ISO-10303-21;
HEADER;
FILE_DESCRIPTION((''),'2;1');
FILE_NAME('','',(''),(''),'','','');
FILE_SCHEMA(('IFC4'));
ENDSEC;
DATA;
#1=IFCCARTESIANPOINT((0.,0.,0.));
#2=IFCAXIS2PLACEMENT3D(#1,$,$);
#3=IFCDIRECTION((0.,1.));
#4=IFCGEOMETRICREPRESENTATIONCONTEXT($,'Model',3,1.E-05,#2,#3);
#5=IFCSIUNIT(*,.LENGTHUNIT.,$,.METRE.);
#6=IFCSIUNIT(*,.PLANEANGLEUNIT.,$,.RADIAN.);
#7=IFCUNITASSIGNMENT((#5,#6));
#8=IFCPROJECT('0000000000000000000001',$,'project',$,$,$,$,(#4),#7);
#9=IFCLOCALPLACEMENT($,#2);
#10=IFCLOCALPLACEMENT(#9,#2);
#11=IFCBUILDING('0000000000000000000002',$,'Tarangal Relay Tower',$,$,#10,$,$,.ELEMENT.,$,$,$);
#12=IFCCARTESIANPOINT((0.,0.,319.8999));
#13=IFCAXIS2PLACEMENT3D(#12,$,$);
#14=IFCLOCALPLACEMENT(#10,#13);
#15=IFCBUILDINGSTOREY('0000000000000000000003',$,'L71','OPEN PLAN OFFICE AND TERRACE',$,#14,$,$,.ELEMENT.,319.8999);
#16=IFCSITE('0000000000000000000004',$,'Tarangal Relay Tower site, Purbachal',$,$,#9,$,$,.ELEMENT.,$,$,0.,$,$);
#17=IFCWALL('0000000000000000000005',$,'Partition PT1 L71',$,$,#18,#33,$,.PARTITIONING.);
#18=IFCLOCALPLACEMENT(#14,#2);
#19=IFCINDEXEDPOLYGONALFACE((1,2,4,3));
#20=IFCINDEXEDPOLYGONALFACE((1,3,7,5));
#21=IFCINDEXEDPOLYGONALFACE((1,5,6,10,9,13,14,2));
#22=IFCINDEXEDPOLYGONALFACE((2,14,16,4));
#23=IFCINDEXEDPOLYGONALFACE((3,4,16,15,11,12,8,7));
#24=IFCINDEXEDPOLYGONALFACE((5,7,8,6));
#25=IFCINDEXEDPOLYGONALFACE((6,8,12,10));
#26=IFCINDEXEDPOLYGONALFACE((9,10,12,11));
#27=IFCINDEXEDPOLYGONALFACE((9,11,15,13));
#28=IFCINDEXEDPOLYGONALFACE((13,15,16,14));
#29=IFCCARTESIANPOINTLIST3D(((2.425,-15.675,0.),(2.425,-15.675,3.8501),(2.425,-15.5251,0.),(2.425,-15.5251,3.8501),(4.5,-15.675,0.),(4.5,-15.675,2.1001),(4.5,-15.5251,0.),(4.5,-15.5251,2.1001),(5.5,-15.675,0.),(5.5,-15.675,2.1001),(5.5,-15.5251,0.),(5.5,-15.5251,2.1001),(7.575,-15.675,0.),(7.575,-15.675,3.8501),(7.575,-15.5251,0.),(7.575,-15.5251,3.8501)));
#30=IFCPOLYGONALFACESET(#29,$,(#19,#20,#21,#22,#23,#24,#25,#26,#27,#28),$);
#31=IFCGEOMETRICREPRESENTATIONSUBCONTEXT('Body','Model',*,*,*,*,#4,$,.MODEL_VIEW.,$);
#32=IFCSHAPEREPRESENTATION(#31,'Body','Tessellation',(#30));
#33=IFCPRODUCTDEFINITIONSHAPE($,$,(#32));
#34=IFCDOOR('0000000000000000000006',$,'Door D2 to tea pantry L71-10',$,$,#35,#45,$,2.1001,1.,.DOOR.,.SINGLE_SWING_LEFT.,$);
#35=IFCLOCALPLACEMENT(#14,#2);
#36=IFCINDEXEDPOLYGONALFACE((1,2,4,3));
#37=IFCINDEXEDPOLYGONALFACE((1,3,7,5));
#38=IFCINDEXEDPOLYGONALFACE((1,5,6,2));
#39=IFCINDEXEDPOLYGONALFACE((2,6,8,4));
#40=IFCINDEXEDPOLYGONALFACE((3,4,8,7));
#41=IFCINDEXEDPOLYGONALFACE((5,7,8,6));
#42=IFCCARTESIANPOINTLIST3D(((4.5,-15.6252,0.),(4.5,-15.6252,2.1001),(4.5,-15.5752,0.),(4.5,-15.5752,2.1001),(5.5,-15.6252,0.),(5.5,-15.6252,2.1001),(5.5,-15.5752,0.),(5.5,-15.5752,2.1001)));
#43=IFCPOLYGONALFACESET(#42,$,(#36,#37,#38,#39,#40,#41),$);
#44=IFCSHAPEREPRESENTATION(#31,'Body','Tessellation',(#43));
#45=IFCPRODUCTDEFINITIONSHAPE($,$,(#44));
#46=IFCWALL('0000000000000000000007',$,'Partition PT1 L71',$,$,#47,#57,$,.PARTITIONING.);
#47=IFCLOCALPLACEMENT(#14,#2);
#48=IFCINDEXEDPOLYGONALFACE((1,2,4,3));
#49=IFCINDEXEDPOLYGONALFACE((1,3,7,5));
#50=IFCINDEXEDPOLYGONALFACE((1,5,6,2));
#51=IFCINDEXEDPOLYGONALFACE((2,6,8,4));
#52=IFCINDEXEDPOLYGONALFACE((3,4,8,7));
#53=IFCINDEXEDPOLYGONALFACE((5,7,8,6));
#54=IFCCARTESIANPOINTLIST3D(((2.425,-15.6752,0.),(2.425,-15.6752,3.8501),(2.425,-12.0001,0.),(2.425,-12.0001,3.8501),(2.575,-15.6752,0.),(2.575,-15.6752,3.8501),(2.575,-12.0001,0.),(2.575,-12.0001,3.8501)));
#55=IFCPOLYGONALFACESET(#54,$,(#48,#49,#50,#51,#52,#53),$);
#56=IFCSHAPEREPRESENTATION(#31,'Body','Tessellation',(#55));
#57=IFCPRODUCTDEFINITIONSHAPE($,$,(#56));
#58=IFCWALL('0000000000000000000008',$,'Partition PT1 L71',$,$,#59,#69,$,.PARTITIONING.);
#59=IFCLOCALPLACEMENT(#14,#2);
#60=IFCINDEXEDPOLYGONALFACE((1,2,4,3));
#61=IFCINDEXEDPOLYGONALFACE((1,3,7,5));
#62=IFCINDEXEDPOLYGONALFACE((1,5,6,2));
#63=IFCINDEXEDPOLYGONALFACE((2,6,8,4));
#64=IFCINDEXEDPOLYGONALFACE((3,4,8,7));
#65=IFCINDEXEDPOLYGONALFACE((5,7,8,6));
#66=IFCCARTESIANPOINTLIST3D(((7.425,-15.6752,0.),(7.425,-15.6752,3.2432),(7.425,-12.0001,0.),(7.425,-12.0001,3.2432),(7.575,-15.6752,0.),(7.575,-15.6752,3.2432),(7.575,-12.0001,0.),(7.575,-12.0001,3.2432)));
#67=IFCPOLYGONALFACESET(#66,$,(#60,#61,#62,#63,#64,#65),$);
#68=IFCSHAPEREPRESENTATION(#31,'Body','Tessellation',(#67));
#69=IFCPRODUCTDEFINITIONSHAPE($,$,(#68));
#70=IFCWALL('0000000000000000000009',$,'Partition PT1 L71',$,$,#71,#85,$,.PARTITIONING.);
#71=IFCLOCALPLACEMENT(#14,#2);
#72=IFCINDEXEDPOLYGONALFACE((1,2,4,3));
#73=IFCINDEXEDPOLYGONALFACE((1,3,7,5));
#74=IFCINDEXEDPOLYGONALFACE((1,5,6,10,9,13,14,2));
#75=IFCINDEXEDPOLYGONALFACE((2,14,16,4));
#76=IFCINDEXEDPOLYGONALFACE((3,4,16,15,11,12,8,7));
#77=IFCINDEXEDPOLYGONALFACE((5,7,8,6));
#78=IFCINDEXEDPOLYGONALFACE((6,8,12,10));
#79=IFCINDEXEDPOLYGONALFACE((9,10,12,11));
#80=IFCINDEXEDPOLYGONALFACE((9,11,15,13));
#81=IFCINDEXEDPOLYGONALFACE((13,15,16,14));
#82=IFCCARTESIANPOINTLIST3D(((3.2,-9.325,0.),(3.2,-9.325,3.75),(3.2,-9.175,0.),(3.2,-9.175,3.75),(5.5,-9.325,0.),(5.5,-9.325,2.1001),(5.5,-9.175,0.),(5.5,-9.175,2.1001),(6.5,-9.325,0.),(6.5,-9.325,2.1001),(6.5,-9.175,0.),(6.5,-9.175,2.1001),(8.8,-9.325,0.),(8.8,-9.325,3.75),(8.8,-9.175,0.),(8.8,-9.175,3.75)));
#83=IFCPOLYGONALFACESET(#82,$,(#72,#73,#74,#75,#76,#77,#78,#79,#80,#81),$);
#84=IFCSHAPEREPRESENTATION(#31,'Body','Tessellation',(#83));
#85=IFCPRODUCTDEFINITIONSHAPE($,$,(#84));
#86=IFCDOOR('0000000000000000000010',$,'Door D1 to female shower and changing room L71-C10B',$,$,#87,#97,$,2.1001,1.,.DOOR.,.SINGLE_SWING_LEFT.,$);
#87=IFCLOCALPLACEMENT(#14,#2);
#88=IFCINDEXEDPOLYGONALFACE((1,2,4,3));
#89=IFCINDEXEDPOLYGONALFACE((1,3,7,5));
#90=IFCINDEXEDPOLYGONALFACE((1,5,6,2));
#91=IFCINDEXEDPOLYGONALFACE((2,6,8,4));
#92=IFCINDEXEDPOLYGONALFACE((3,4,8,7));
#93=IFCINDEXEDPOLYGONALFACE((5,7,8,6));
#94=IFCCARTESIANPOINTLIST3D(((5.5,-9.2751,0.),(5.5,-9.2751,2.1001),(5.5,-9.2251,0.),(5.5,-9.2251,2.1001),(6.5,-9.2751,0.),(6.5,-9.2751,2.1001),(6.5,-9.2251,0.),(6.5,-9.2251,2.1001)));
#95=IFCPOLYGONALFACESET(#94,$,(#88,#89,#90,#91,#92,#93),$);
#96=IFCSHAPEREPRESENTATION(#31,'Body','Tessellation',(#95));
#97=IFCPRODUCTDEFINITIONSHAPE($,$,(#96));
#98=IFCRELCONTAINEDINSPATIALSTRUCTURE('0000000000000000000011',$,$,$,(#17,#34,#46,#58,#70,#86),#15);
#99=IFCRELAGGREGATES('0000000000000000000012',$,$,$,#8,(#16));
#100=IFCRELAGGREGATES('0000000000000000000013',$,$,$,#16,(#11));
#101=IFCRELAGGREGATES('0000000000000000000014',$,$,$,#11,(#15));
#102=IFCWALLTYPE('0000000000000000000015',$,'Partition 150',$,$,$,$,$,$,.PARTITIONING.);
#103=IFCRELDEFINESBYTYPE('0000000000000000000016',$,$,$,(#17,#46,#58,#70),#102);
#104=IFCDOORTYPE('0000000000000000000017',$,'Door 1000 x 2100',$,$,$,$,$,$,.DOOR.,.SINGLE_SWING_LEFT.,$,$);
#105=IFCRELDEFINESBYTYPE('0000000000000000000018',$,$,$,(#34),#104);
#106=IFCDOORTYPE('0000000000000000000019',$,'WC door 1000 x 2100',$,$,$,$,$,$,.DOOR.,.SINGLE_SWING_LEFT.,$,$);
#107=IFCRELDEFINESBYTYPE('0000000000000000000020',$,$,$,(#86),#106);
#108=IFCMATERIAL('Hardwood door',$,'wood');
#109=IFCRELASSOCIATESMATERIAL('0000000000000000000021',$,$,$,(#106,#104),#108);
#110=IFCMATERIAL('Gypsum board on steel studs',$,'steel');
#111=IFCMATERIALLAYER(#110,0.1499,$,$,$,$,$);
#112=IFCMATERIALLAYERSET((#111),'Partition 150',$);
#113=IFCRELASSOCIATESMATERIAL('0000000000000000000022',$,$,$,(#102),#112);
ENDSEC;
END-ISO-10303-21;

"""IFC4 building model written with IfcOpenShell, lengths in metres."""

from ifc_helpers import new_model, si_unit, direction, frame, frame_2d, origin, place, context, subcontext, project, spatial, rectangle, extrude, material, layer, layer_set, type_object, element, fill, save


model = new_model("IFC4")

# Units and contexts
model_context = context("Model", 3, precision=1e-05, world=origin(), true_north=direction((0.0, 1.0)))
body_context = subcontext(model_context, "Body", "Model", "MODEL_VIEW")
ifc_project = project(units=[si_unit("LENGTHUNIT", "METRE"), si_unit("PLANEANGLEUNIT", "RADIAN")], contexts=[model_context])

# Site, building, storey
site_placement = place(None, origin())
site = spatial("IfcSite", under=ifc_project, at=site_placement, Name="Tarangal Relay Tower site, Purbachal", CompositionType="ELEMENT", RefElevation=0.0)
building_placement = place(site_placement, origin())
building = spatial("IfcBuilding", under=site, at=building_placement, Name="Tarangal Relay Tower", CompositionType="ELEMENT")
storey_placement = place(building_placement, frame((0.0, 0.0, 319.8999)))
storey = spatial("IfcBuildingStorey", under=building, at=storey_placement, Name="L71", Description="OPEN PLAN OFFICE AND TERRACE", CompositionType="ELEMENT", Elevation=319.8999)

# Shared definitions
ifc_material_1 = material(Name="Hardwood door", Category="wood")
door_type_1 = type_object("IfcDoorType", Name="WC door 1000 x 2100", OperationType="SINGLE_SWING_LEFT", PredefinedType="DOOR", material=ifc_material_1)

# Wall, opening, door
ifc_material_2 = material(Name="Gypsum board on steel studs", Category="steel")
ifc_layer_1 = layer(ifc_material_2, 0.1499)
ifc_layer_set_1 = layer_set([ifc_layer_1], Name="Partition 150")
wall_type_1 = type_object("IfcWallType", Name="Partition 150", PredefinedType="PARTITIONING", material=ifc_layer_set_1)
wall_1_placement = place(storey_placement, frame((2.425, -15.6001, 0.0), z_axis=(0.0, 0.0, 1.0), x_axis=(1.0, 0.0, 0.0)))
wall_1 = element("IfcWall", 1, at=wall_1_placement, inside=storey, type_object=wall_type_1, Name="Partition PT1 L71", PredefinedType="PARTITIONING", context=body_context, shape_type="SweptSolid", body=[
    extrude(rectangle(XDim=5.1499, YDim=0.1499, at=frame_2d((2.575, 0.0))), origin(), (0.0, 0.0, 1.0), 3.8501),
])
opening_1_placement = place(wall_1_placement, frame((2.075, 0.0, 0.0)))
opening_1 = element("IfcOpeningElement", 2, at=opening_1_placement, cuts=wall_1, PredefinedType="OPENING", context=body_context, shape_type="SweptSolid", body=[
    extrude(rectangle(XDim=1.0, YDim=2.1001, at=frame_2d((0.5, 1.05))), frame((0.0, 0.085, 0.0), z_axis=(0.0, -1.0, 0.0), x_axis=(1.0, 0.0, 0.0)), (0.0, 0.0, 1.0), 0.1699),
])
door_type_2 = type_object("IfcDoorType", Name="Door 1000 x 2100", OperationType="SINGLE_SWING_LEFT", PredefinedType="DOOR", material=ifc_material_1)
door_1_placement = place(opening_1_placement, origin())
door_1 = element("IfcDoor", 3, at=door_1_placement, inside=storey, type_object=door_type_2, Name="Door D2 to tea pantry L71-10", OperationType="SINGLE_SWING_LEFT", OverallHeight=2.1001, OverallWidth=1.0, PredefinedType="DOOR", context=body_context, shape_type="SweptSolid", body=[
    extrude(rectangle(XDim=1.0, YDim=2.1001, at=frame_2d((0.5, 1.05))), frame((0.0, 0.0249, 0.0), z_axis=(0.0, -1.0, 0.0), x_axis=(1.0, 0.0, 0.0)), (0.0, 0.0, 1.0), 0.05),
])
fill(opening_1, door_1)

# Walls
wall_2_placement = place(storey_placement, frame((2.5, -15.675, 0.0), z_axis=(0.0, 0.0, 1.0), x_axis=(0.0, 1.0, 0.0)))
element("IfcWall", 4, at=wall_2_placement, inside=storey, type_object=wall_type_1, Name="Partition PT1 L71", PredefinedType="PARTITIONING", context=body_context, shape_type="SweptSolid", body=[
    extrude(rectangle(XDim=3.675, YDim=0.1499, at=frame_2d((1.8374, 0.0))), origin(), (0.0, 0.0, 1.0), 3.8501),
])
wall_3_placement = place(storey_placement, frame((7.5, -15.675, 0.0), z_axis=(0.0, 0.0, 1.0), x_axis=(0.0, 1.0, 0.0)))
element("IfcWall", 5, at=wall_3_placement, inside=storey, type_object=wall_type_1, Name="Partition PT1 L71", PredefinedType="PARTITIONING", context=body_context, shape_type="SweptSolid", body=[
    extrude(rectangle(XDim=3.675, YDim=0.1499, at=frame_2d((1.8374, 0.0))), origin(), (0.0, 0.0, 1.0), 3.2432),
])

# Wall, opening, door
wall_4_placement = place(storey_placement, frame((3.2, -9.25, 0.0), z_axis=(0.0, 0.0, 1.0), x_axis=(1.0, 0.0, 0.0)))
wall_4 = element("IfcWall", 6, at=wall_4_placement, inside=storey, type_object=wall_type_1, Name="Partition PT1 L71", PredefinedType="PARTITIONING", context=body_context, shape_type="SweptSolid", body=[
    extrude(rectangle(XDim=5.6001, YDim=0.1499, at=frame_2d((2.8, 0.0))), origin(), (0.0, 0.0, 1.0), 3.75),
])
opening_2_placement = place(wall_4_placement, frame((2.3, 0.0, 0.0)))
opening_2 = element("IfcOpeningElement", 7, at=opening_2_placement, cuts=wall_4, PredefinedType="OPENING", context=body_context, shape_type="SweptSolid", body=[
    extrude(rectangle(XDim=1.0, YDim=2.1001, at=frame_2d((0.5, 1.05))), frame((0.0, 0.085, 0.0), z_axis=(0.0, -1.0, 0.0), x_axis=(1.0, 0.0, 0.0)), (0.0, 0.0, 1.0), 0.1699),
])
door_2_placement = place(opening_2_placement, origin())
door_2 = element("IfcDoor", 8, at=door_2_placement, inside=storey, type_object=door_type_1, Name="Door D1 to female shower and changing room L71-C10B", OperationType="SINGLE_SWING_LEFT", OverallHeight=2.1001, OverallWidth=1.0, PredefinedType="DOOR", context=body_context, shape_type="SweptSolid", body=[
    extrude(rectangle(XDim=1.0, YDim=2.1001, at=frame_2d((0.5, 1.05))), frame((0.0, 0.0249, 0.0), z_axis=(0.0, -1.0, 0.0), x_axis=(1.0, 0.0, 0.0)), (0.0, 0.0, 1.0), 0.05),
])
fill(opening_2, door_2)

save(model, "model.ifc")
